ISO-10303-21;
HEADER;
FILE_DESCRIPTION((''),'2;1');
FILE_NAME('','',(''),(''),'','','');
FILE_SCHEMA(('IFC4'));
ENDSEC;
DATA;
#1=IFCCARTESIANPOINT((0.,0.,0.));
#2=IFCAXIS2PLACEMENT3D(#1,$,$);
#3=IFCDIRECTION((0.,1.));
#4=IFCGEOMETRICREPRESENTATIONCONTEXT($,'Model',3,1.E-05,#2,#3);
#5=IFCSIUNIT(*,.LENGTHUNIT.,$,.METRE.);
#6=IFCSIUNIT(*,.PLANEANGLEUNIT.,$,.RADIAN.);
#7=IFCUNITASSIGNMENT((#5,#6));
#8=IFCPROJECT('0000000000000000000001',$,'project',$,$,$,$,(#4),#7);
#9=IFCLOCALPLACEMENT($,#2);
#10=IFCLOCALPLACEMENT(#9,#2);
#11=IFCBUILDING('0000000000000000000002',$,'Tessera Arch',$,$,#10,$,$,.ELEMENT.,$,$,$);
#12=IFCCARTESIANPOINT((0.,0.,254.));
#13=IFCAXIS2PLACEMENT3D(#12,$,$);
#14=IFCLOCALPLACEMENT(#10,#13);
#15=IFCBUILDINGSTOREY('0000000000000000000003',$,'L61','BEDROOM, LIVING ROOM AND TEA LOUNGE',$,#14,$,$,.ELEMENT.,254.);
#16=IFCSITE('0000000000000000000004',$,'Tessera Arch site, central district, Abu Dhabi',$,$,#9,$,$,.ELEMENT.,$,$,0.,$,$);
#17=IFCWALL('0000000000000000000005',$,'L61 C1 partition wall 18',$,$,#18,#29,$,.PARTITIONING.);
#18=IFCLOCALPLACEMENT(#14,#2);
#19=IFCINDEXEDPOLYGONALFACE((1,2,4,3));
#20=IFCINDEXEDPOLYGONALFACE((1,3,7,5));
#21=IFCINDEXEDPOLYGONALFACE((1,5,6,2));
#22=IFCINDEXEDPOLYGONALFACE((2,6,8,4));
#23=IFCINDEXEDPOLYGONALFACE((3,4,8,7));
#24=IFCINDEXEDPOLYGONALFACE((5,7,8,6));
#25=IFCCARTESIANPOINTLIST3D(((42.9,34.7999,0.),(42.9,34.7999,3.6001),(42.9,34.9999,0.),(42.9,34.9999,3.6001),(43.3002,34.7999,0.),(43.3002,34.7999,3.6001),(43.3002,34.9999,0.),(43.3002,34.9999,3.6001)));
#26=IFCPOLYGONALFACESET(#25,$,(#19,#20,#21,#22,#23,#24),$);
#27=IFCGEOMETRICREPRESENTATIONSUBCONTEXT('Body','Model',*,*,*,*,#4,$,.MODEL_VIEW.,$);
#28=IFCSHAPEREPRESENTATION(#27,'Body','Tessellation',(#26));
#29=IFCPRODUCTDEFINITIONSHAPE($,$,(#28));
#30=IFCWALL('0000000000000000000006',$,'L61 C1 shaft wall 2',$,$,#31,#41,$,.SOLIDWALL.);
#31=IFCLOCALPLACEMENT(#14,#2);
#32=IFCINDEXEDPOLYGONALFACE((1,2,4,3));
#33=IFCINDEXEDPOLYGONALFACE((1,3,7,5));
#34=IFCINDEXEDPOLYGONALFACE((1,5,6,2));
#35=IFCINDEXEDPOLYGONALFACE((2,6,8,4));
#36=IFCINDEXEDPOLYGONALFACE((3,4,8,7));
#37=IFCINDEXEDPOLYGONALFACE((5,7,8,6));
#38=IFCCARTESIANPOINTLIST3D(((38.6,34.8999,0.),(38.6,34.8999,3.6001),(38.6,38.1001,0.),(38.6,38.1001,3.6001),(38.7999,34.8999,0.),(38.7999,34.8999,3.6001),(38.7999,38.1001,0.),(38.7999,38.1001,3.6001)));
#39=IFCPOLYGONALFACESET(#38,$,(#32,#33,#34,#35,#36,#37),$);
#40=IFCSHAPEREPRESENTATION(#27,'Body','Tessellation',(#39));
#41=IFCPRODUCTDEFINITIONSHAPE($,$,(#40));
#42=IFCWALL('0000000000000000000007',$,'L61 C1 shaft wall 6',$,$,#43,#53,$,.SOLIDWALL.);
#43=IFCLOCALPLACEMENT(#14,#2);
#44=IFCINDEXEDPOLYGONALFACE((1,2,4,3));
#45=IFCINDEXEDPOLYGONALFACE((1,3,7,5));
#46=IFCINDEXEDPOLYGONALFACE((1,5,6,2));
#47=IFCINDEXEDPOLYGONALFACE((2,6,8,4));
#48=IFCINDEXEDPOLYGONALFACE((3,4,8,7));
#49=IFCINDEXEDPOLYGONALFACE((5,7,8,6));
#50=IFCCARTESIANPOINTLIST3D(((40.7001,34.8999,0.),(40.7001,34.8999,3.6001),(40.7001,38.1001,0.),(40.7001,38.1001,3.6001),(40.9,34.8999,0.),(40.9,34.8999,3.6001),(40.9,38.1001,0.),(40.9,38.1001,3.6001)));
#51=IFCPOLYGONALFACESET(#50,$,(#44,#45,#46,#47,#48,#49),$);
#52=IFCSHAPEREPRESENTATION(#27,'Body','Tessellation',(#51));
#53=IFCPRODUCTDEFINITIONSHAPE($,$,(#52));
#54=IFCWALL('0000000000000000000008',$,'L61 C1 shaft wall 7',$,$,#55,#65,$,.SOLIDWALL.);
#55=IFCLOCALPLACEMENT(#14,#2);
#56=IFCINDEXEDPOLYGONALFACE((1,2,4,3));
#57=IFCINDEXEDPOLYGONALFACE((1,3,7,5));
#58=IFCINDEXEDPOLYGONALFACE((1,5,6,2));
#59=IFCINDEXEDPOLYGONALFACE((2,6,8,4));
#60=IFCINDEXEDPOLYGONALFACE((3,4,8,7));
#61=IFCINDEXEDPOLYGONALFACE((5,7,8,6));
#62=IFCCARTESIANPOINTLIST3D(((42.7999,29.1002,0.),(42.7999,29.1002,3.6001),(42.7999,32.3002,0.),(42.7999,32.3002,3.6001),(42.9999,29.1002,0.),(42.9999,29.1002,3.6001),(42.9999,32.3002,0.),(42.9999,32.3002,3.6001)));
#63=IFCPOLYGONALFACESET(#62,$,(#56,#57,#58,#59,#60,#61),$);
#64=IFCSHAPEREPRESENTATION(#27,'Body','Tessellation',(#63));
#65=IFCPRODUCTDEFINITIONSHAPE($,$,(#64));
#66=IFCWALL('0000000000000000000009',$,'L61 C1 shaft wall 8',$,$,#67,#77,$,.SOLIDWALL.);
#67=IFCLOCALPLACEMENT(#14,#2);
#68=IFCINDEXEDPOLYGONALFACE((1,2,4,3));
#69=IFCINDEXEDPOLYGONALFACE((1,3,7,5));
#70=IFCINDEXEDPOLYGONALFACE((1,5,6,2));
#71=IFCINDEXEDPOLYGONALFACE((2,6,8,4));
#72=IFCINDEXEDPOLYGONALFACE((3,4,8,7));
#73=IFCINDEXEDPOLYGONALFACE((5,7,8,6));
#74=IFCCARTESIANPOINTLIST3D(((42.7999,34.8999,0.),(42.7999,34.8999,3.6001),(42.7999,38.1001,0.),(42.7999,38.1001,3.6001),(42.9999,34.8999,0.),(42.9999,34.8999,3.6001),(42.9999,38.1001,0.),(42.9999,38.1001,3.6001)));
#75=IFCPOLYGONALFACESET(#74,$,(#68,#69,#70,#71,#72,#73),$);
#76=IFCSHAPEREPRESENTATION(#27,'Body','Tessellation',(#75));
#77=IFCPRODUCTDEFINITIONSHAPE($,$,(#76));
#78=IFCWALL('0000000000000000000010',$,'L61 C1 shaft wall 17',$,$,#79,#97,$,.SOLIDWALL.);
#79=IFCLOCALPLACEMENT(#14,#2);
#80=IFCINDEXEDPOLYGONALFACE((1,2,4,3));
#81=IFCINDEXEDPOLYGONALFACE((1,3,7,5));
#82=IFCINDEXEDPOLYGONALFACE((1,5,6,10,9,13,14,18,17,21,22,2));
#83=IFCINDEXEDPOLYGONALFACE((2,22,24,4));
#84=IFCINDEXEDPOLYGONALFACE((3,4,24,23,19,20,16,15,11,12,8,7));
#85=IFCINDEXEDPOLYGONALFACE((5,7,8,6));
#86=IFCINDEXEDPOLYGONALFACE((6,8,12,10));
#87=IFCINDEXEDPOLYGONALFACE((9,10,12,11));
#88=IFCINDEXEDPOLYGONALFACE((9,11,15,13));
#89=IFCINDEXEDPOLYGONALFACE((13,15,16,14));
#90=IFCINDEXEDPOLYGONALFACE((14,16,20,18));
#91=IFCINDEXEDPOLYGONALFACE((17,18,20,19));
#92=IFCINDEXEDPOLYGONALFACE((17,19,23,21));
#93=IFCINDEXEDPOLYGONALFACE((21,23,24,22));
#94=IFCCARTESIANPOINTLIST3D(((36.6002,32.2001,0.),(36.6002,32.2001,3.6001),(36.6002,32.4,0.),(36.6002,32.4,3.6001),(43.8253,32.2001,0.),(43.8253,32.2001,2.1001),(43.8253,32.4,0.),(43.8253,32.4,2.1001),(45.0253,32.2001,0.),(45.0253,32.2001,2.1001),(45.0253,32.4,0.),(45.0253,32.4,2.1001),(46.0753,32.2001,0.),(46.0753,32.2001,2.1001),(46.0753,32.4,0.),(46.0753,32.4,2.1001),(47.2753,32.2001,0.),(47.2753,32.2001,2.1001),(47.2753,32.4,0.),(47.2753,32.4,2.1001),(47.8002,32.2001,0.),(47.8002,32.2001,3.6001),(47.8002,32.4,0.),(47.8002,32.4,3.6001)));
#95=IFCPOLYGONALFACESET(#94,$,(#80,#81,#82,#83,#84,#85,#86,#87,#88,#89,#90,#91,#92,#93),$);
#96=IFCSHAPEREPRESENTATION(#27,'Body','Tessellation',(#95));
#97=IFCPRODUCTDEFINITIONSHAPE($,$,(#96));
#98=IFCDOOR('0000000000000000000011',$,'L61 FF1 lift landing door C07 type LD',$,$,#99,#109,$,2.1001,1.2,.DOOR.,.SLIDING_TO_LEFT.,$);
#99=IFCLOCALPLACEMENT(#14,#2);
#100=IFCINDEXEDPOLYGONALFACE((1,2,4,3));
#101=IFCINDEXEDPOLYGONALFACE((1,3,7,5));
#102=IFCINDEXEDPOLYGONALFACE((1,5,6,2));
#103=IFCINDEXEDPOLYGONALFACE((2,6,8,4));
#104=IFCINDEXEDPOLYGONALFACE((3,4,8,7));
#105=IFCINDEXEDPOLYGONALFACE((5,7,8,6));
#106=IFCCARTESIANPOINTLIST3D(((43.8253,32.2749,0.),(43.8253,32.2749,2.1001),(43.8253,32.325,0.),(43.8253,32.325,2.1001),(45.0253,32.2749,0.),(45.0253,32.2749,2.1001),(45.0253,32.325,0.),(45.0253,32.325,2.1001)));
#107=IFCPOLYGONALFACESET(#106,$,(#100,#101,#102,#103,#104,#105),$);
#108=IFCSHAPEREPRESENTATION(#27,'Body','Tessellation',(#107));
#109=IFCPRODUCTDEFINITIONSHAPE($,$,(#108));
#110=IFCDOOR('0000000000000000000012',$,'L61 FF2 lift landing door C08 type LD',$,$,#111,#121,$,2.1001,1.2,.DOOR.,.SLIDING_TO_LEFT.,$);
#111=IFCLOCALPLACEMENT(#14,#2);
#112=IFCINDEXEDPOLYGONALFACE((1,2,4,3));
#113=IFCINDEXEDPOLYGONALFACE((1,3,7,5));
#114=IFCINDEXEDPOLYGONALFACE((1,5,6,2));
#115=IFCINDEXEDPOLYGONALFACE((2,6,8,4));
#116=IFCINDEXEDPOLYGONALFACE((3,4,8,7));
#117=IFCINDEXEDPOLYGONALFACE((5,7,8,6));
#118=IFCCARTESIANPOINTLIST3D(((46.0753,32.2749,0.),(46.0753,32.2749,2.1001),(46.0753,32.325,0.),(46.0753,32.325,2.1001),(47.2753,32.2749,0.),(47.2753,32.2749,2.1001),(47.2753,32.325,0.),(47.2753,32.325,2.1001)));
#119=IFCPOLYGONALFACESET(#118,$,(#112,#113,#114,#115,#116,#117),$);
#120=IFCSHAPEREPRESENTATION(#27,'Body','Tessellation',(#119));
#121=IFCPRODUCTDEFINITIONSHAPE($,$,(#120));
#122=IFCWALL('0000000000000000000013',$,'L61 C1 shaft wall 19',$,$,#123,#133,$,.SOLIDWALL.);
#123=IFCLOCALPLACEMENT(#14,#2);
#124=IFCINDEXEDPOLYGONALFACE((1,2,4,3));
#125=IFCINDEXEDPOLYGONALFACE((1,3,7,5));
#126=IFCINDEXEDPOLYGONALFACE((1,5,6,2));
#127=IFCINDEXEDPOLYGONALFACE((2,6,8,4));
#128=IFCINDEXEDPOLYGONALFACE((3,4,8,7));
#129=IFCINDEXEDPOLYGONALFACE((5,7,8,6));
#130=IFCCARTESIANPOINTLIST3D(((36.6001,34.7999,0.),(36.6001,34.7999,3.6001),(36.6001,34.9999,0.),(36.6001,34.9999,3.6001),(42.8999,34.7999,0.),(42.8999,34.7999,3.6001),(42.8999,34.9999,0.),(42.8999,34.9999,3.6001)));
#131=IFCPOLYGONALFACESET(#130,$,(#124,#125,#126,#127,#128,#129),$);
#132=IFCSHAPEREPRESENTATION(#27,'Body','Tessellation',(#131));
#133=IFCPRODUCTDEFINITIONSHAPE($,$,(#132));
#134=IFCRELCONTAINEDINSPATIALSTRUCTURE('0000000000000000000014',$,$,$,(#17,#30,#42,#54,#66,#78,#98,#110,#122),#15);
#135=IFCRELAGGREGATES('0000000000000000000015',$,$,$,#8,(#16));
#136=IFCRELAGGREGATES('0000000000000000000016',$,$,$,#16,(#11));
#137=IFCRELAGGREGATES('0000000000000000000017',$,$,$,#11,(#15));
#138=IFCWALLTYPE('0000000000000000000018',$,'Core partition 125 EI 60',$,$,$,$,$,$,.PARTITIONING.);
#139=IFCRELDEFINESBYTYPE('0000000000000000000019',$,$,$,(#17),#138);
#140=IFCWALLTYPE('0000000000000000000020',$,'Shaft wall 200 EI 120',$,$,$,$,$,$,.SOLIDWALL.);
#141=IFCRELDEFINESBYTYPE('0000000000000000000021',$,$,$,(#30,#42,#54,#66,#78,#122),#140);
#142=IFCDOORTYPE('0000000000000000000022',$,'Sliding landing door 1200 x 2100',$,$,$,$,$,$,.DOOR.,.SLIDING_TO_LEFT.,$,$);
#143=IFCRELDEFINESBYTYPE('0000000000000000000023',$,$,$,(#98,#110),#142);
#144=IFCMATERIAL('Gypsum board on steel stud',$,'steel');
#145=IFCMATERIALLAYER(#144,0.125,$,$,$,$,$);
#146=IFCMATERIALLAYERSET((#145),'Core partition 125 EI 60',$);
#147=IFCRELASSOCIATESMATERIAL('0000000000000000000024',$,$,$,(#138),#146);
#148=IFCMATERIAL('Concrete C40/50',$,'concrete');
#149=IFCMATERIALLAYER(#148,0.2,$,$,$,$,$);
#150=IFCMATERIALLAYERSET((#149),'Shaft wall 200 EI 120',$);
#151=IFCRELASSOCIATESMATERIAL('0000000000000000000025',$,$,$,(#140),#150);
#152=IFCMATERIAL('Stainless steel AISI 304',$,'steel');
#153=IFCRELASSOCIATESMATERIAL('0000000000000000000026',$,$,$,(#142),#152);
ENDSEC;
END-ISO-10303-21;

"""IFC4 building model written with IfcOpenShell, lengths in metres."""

from ifc_helpers import new_model, si_unit, direction, frame, frame_2d, origin, place, context, subcontext, project, spatial, rectangle, extrude, material, layer, layer_set, type_object, element, fill, save


model = new_model("IFC4")

# Units and contexts
model_context = context("Model", 3, precision=1e-05, world=origin(), true_north=direction((0.0, 1.0)))
body_context = subcontext(model_context, "Body", "Model", "MODEL_VIEW")
ifc_project = project(units=[si_unit("LENGTHUNIT", "METRE"), si_unit("PLANEANGLEUNIT", "RADIAN")], contexts=[model_context])

# Site, building, storey
site_placement = place(None, origin())
site = spatial("IfcSite", under=ifc_project, at=site_placement, Name="Tessera Arch site, central district, Abu Dhabi", CompositionType="ELEMENT", RefElevation=0.0)
building_placement = place(site_placement, origin())
building = spatial("IfcBuilding", under=site, at=building_placement, Name="Tessera Arch", CompositionType="ELEMENT")
storey_placement = place(building_placement, frame((0.0, 0.0, 254.0)))
storey = spatial("IfcBuildingStorey", under=building, at=storey_placement, Name="L61", Description="BEDROOM, LIVING ROOM AND TEA LOUNGE", CompositionType="ELEMENT", Elevation=254.0)

# Walls
ifc_material_1 = material(Name="Gypsum board on steel stud", Category="steel")
ifc_layer_1 = layer(ifc_material_1, 0.125)
ifc_layer_set_1 = layer_set([ifc_layer_1], Name="Core partition 125 EI 60")
wall_type_1 = type_object("IfcWallType", Name="Core partition 125 EI 60", PredefinedType="PARTITIONING", material=ifc_layer_set_1)
wall_1_placement = place(storey_placement, frame((42.8999, 34.8999, 0.0), z_axis=(0.0, 0.0, 1.0), x_axis=(1.0, 0.0, 0.0)))
element("IfcWall", 1, at=wall_1_placement, inside=storey, type_object=wall_type_1, Name="L61 C1 partition wall 18", PredefinedType="PARTITIONING", context=body_context, shape_type="SweptSolid", body=[
    extrude(rectangle(XDim=0.4001, YDim=0.2, at=frame_2d((0.2002, 0.0))), origin(), (0.0, 0.0, 1.0), 3.6001),
])
ifc_material_2 = material(Name="Concrete C40/50", Category="concrete")
ifc_layer_2 = layer(ifc_material_2, 0.2)
ifc_layer_set_2 = layer_set([ifc_layer_2], Name="Shaft wall 200 EI 120")
wall_type_2 = type_object("IfcWallType", Name="Shaft wall 200 EI 120", PredefinedType="SOLIDWALL", material=ifc_layer_set_2)
for number, where, z_axis, x_axis, name in (
    (2, (38.7, 34.8999, 0.0), (0.0, 0.0, 1.0), (0.0, 1.0, 0.0), "L61 C1 shaft wall 2"),
    (3, (40.8, 34.8999, 0.0), (0.0, 0.0, 1.0), (0.0, 1.0, 0.0), "L61 C1 shaft wall 6"),
):
    element("IfcWall", number, at=place(storey_placement, frame(where, z_axis=z_axis, x_axis=x_axis)), inside=storey, type_object=wall_type_2, Name=name, PredefinedType="SOLIDWALL", context=body_context, shape_type="SweptSolid", body=[
        extrude(rectangle(XDim=3.2002, YDim=0.2, at=frame_2d((1.6001, 0.0))), origin(), (0.0, 0.0, 1.0), 3.6001),
    ])
wall_2_placement = place(storey_placement, frame((42.8999, 29.1001, 0.0), z_axis=(0.0, 0.0, 1.0), x_axis=(0.0, 1.0, 0.0)))
element("IfcWall", 4, at=wall_2_placement, inside=storey, type_object=wall_type_2, Name="L61 C1 shaft wall 7", PredefinedType="SOLIDWALL", context=body_context, shape_type="SweptSolid", body=[
    extrude(rectangle(XDim=3.2, YDim=0.2, at=frame_2d((1.6001, 0.0))), origin(), (0.0, 0.0, 1.0), 3.6001),
])
wall_3_placement = place(storey_placement, frame((42.8999, 34.8999, 0.0), z_axis=(0.0, 0.0, 1.0), x_axis=(0.0, 1.0, 0.0)))
element("IfcWall", 5, at=wall_3_placement, inside=storey, type_object=wall_type_2, Name="L61 C1 shaft wall 8", PredefinedType="SOLIDWALL", context=body_context, shape_type="SweptSolid", body=[
    extrude(rectangle(XDim=3.2002, YDim=0.2, at=frame_2d((1.6001, 0.0))), origin(), (0.0, 0.0, 1.0), 3.6001),
])

# Wall, openings, doors
wall_4_placement = place(storey_placement, frame((36.6001, 32.3, 0.0), z_axis=(0.0, 0.0, 1.0), x_axis=(1.0, 0.0, 0.0)))
wall_4 = element("IfcWall", 6, at=wall_4_placement, inside=storey, type_object=wall_type_2, Name="L61 C1 shaft wall 17", PredefinedType="SOLIDWALL", context=body_context, shape_type="SweptSolid", body=[
    extrude(rectangle(XDim=11.2, YDim=0.2, at=frame_2d((5.6001, 0.0))), origin(), (0.0, 0.0, 1.0), 3.6001),
])
opening_1_placement = place(wall_4_placement, frame((7.2251, 0.0, 0.0)))
opening_1 = element("IfcOpeningElement", 7, at=opening_1_placement, cuts=wall_4, PredefinedType="OPENING", context=body_context, shape_type="SweptSolid", body=[
    extrude(rectangle(XDim=1.2, YDim=2.1001, at=frame_2d((0.6001, 1.05))), frame((0.0, 0.1099, 0.0), z_axis=(0.0, -1.0, 0.0), x_axis=(1.0, 0.0, 0.0)), (0.0, 0.0, 1.0), 0.22),
])
opening_2_placement = place(wall_4_placement, frame((9.4751, 0.0, 0.0)))
opening_2 = element("IfcOpeningElement", 8, at=opening_2_placement, cuts=wall_4, PredefinedType="OPENING", context=body_context, shape_type="SweptSolid", body=[
    extrude(rectangle(XDim=1.2, YDim=2.1001, at=frame_2d((0.6001, 1.05))), frame((0.0, 0.1099, 0.0), z_axis=(0.0, -1.0, 0.0), x_axis=(1.0, 0.0, 0.0)), (0.0, 0.0, 1.0), 0.22),
])
ifc_material_3 = material(Name="Stainless steel AISI 304", Category="steel")
door_type = type_object("IfcDoorType", Name="Sliding landing door 1200 x 2100", OperationType="SLIDING_TO_LEFT", PredefinedType="DOOR", material=ifc_material_3)
door_1_placement = place(opening_1_placement, origin())
door_1 = element("IfcDoor", 9, at=door_1_placement, inside=storey, type_object=door_type, Name="L61 FF1 lift landing door C07 type LD", OperationType="SLIDING_TO_LEFT", OverallHeight=2.1001, OverallWidth=1.2, PredefinedType="DOOR", context=body_context, shape_type="SweptSolid", body=[
    extrude(rectangle(XDim=1.2, YDim=2.1001, at=frame_2d((0.6001, 1.05))), frame((0.0, 0.0249, 0.0), z_axis=(0.0, -1.0, 0.0), x_axis=(1.0, 0.0, 0.0)), (0.0, 0.0, 1.0), 0.05),
])
fill(opening_1, door_1)
door_2_placement = place(opening_2_placement, origin())
door_2 = element("IfcDoor", 10, at=door_2_placement, inside=storey, type_object=door_type, Name="L61 FF2 lift landing door C08 type LD", OperationType="SLIDING_TO_LEFT", OverallHeight=2.1001, OverallWidth=1.2, PredefinedType="DOOR", context=body_context, shape_type="SweptSolid", body=[
    extrude(rectangle(XDim=1.2, YDim=2.1001, at=frame_2d((0.6001, 1.05))), frame((0.0, 0.0249, 0.0), z_axis=(0.0, -1.0, 0.0), x_axis=(1.0, 0.0, 0.0)), (0.0, 0.0, 1.0), 0.05),
])
fill(opening_2, door_2)

# Wall
wall_5_placement = place(storey_placement, frame((36.6001, 34.8999, 0.0), z_axis=(0.0, 0.0, 1.0), x_axis=(1.0, 0.0, 0.0)))
element("IfcWall", 11, at=wall_5_placement, inside=storey, type_object=wall_type_2, Name="L61 C1 shaft wall 19", PredefinedType="SOLIDWALL", context=body_context, shape_type="SweptSolid", body=[
    extrude(rectangle(XDim=6.2998, YDim=0.2, at=frame_2d((3.1499, 0.0))), origin(), (0.0, 0.0, 1.0), 3.6001),
])

save(model, "model.ifc")
